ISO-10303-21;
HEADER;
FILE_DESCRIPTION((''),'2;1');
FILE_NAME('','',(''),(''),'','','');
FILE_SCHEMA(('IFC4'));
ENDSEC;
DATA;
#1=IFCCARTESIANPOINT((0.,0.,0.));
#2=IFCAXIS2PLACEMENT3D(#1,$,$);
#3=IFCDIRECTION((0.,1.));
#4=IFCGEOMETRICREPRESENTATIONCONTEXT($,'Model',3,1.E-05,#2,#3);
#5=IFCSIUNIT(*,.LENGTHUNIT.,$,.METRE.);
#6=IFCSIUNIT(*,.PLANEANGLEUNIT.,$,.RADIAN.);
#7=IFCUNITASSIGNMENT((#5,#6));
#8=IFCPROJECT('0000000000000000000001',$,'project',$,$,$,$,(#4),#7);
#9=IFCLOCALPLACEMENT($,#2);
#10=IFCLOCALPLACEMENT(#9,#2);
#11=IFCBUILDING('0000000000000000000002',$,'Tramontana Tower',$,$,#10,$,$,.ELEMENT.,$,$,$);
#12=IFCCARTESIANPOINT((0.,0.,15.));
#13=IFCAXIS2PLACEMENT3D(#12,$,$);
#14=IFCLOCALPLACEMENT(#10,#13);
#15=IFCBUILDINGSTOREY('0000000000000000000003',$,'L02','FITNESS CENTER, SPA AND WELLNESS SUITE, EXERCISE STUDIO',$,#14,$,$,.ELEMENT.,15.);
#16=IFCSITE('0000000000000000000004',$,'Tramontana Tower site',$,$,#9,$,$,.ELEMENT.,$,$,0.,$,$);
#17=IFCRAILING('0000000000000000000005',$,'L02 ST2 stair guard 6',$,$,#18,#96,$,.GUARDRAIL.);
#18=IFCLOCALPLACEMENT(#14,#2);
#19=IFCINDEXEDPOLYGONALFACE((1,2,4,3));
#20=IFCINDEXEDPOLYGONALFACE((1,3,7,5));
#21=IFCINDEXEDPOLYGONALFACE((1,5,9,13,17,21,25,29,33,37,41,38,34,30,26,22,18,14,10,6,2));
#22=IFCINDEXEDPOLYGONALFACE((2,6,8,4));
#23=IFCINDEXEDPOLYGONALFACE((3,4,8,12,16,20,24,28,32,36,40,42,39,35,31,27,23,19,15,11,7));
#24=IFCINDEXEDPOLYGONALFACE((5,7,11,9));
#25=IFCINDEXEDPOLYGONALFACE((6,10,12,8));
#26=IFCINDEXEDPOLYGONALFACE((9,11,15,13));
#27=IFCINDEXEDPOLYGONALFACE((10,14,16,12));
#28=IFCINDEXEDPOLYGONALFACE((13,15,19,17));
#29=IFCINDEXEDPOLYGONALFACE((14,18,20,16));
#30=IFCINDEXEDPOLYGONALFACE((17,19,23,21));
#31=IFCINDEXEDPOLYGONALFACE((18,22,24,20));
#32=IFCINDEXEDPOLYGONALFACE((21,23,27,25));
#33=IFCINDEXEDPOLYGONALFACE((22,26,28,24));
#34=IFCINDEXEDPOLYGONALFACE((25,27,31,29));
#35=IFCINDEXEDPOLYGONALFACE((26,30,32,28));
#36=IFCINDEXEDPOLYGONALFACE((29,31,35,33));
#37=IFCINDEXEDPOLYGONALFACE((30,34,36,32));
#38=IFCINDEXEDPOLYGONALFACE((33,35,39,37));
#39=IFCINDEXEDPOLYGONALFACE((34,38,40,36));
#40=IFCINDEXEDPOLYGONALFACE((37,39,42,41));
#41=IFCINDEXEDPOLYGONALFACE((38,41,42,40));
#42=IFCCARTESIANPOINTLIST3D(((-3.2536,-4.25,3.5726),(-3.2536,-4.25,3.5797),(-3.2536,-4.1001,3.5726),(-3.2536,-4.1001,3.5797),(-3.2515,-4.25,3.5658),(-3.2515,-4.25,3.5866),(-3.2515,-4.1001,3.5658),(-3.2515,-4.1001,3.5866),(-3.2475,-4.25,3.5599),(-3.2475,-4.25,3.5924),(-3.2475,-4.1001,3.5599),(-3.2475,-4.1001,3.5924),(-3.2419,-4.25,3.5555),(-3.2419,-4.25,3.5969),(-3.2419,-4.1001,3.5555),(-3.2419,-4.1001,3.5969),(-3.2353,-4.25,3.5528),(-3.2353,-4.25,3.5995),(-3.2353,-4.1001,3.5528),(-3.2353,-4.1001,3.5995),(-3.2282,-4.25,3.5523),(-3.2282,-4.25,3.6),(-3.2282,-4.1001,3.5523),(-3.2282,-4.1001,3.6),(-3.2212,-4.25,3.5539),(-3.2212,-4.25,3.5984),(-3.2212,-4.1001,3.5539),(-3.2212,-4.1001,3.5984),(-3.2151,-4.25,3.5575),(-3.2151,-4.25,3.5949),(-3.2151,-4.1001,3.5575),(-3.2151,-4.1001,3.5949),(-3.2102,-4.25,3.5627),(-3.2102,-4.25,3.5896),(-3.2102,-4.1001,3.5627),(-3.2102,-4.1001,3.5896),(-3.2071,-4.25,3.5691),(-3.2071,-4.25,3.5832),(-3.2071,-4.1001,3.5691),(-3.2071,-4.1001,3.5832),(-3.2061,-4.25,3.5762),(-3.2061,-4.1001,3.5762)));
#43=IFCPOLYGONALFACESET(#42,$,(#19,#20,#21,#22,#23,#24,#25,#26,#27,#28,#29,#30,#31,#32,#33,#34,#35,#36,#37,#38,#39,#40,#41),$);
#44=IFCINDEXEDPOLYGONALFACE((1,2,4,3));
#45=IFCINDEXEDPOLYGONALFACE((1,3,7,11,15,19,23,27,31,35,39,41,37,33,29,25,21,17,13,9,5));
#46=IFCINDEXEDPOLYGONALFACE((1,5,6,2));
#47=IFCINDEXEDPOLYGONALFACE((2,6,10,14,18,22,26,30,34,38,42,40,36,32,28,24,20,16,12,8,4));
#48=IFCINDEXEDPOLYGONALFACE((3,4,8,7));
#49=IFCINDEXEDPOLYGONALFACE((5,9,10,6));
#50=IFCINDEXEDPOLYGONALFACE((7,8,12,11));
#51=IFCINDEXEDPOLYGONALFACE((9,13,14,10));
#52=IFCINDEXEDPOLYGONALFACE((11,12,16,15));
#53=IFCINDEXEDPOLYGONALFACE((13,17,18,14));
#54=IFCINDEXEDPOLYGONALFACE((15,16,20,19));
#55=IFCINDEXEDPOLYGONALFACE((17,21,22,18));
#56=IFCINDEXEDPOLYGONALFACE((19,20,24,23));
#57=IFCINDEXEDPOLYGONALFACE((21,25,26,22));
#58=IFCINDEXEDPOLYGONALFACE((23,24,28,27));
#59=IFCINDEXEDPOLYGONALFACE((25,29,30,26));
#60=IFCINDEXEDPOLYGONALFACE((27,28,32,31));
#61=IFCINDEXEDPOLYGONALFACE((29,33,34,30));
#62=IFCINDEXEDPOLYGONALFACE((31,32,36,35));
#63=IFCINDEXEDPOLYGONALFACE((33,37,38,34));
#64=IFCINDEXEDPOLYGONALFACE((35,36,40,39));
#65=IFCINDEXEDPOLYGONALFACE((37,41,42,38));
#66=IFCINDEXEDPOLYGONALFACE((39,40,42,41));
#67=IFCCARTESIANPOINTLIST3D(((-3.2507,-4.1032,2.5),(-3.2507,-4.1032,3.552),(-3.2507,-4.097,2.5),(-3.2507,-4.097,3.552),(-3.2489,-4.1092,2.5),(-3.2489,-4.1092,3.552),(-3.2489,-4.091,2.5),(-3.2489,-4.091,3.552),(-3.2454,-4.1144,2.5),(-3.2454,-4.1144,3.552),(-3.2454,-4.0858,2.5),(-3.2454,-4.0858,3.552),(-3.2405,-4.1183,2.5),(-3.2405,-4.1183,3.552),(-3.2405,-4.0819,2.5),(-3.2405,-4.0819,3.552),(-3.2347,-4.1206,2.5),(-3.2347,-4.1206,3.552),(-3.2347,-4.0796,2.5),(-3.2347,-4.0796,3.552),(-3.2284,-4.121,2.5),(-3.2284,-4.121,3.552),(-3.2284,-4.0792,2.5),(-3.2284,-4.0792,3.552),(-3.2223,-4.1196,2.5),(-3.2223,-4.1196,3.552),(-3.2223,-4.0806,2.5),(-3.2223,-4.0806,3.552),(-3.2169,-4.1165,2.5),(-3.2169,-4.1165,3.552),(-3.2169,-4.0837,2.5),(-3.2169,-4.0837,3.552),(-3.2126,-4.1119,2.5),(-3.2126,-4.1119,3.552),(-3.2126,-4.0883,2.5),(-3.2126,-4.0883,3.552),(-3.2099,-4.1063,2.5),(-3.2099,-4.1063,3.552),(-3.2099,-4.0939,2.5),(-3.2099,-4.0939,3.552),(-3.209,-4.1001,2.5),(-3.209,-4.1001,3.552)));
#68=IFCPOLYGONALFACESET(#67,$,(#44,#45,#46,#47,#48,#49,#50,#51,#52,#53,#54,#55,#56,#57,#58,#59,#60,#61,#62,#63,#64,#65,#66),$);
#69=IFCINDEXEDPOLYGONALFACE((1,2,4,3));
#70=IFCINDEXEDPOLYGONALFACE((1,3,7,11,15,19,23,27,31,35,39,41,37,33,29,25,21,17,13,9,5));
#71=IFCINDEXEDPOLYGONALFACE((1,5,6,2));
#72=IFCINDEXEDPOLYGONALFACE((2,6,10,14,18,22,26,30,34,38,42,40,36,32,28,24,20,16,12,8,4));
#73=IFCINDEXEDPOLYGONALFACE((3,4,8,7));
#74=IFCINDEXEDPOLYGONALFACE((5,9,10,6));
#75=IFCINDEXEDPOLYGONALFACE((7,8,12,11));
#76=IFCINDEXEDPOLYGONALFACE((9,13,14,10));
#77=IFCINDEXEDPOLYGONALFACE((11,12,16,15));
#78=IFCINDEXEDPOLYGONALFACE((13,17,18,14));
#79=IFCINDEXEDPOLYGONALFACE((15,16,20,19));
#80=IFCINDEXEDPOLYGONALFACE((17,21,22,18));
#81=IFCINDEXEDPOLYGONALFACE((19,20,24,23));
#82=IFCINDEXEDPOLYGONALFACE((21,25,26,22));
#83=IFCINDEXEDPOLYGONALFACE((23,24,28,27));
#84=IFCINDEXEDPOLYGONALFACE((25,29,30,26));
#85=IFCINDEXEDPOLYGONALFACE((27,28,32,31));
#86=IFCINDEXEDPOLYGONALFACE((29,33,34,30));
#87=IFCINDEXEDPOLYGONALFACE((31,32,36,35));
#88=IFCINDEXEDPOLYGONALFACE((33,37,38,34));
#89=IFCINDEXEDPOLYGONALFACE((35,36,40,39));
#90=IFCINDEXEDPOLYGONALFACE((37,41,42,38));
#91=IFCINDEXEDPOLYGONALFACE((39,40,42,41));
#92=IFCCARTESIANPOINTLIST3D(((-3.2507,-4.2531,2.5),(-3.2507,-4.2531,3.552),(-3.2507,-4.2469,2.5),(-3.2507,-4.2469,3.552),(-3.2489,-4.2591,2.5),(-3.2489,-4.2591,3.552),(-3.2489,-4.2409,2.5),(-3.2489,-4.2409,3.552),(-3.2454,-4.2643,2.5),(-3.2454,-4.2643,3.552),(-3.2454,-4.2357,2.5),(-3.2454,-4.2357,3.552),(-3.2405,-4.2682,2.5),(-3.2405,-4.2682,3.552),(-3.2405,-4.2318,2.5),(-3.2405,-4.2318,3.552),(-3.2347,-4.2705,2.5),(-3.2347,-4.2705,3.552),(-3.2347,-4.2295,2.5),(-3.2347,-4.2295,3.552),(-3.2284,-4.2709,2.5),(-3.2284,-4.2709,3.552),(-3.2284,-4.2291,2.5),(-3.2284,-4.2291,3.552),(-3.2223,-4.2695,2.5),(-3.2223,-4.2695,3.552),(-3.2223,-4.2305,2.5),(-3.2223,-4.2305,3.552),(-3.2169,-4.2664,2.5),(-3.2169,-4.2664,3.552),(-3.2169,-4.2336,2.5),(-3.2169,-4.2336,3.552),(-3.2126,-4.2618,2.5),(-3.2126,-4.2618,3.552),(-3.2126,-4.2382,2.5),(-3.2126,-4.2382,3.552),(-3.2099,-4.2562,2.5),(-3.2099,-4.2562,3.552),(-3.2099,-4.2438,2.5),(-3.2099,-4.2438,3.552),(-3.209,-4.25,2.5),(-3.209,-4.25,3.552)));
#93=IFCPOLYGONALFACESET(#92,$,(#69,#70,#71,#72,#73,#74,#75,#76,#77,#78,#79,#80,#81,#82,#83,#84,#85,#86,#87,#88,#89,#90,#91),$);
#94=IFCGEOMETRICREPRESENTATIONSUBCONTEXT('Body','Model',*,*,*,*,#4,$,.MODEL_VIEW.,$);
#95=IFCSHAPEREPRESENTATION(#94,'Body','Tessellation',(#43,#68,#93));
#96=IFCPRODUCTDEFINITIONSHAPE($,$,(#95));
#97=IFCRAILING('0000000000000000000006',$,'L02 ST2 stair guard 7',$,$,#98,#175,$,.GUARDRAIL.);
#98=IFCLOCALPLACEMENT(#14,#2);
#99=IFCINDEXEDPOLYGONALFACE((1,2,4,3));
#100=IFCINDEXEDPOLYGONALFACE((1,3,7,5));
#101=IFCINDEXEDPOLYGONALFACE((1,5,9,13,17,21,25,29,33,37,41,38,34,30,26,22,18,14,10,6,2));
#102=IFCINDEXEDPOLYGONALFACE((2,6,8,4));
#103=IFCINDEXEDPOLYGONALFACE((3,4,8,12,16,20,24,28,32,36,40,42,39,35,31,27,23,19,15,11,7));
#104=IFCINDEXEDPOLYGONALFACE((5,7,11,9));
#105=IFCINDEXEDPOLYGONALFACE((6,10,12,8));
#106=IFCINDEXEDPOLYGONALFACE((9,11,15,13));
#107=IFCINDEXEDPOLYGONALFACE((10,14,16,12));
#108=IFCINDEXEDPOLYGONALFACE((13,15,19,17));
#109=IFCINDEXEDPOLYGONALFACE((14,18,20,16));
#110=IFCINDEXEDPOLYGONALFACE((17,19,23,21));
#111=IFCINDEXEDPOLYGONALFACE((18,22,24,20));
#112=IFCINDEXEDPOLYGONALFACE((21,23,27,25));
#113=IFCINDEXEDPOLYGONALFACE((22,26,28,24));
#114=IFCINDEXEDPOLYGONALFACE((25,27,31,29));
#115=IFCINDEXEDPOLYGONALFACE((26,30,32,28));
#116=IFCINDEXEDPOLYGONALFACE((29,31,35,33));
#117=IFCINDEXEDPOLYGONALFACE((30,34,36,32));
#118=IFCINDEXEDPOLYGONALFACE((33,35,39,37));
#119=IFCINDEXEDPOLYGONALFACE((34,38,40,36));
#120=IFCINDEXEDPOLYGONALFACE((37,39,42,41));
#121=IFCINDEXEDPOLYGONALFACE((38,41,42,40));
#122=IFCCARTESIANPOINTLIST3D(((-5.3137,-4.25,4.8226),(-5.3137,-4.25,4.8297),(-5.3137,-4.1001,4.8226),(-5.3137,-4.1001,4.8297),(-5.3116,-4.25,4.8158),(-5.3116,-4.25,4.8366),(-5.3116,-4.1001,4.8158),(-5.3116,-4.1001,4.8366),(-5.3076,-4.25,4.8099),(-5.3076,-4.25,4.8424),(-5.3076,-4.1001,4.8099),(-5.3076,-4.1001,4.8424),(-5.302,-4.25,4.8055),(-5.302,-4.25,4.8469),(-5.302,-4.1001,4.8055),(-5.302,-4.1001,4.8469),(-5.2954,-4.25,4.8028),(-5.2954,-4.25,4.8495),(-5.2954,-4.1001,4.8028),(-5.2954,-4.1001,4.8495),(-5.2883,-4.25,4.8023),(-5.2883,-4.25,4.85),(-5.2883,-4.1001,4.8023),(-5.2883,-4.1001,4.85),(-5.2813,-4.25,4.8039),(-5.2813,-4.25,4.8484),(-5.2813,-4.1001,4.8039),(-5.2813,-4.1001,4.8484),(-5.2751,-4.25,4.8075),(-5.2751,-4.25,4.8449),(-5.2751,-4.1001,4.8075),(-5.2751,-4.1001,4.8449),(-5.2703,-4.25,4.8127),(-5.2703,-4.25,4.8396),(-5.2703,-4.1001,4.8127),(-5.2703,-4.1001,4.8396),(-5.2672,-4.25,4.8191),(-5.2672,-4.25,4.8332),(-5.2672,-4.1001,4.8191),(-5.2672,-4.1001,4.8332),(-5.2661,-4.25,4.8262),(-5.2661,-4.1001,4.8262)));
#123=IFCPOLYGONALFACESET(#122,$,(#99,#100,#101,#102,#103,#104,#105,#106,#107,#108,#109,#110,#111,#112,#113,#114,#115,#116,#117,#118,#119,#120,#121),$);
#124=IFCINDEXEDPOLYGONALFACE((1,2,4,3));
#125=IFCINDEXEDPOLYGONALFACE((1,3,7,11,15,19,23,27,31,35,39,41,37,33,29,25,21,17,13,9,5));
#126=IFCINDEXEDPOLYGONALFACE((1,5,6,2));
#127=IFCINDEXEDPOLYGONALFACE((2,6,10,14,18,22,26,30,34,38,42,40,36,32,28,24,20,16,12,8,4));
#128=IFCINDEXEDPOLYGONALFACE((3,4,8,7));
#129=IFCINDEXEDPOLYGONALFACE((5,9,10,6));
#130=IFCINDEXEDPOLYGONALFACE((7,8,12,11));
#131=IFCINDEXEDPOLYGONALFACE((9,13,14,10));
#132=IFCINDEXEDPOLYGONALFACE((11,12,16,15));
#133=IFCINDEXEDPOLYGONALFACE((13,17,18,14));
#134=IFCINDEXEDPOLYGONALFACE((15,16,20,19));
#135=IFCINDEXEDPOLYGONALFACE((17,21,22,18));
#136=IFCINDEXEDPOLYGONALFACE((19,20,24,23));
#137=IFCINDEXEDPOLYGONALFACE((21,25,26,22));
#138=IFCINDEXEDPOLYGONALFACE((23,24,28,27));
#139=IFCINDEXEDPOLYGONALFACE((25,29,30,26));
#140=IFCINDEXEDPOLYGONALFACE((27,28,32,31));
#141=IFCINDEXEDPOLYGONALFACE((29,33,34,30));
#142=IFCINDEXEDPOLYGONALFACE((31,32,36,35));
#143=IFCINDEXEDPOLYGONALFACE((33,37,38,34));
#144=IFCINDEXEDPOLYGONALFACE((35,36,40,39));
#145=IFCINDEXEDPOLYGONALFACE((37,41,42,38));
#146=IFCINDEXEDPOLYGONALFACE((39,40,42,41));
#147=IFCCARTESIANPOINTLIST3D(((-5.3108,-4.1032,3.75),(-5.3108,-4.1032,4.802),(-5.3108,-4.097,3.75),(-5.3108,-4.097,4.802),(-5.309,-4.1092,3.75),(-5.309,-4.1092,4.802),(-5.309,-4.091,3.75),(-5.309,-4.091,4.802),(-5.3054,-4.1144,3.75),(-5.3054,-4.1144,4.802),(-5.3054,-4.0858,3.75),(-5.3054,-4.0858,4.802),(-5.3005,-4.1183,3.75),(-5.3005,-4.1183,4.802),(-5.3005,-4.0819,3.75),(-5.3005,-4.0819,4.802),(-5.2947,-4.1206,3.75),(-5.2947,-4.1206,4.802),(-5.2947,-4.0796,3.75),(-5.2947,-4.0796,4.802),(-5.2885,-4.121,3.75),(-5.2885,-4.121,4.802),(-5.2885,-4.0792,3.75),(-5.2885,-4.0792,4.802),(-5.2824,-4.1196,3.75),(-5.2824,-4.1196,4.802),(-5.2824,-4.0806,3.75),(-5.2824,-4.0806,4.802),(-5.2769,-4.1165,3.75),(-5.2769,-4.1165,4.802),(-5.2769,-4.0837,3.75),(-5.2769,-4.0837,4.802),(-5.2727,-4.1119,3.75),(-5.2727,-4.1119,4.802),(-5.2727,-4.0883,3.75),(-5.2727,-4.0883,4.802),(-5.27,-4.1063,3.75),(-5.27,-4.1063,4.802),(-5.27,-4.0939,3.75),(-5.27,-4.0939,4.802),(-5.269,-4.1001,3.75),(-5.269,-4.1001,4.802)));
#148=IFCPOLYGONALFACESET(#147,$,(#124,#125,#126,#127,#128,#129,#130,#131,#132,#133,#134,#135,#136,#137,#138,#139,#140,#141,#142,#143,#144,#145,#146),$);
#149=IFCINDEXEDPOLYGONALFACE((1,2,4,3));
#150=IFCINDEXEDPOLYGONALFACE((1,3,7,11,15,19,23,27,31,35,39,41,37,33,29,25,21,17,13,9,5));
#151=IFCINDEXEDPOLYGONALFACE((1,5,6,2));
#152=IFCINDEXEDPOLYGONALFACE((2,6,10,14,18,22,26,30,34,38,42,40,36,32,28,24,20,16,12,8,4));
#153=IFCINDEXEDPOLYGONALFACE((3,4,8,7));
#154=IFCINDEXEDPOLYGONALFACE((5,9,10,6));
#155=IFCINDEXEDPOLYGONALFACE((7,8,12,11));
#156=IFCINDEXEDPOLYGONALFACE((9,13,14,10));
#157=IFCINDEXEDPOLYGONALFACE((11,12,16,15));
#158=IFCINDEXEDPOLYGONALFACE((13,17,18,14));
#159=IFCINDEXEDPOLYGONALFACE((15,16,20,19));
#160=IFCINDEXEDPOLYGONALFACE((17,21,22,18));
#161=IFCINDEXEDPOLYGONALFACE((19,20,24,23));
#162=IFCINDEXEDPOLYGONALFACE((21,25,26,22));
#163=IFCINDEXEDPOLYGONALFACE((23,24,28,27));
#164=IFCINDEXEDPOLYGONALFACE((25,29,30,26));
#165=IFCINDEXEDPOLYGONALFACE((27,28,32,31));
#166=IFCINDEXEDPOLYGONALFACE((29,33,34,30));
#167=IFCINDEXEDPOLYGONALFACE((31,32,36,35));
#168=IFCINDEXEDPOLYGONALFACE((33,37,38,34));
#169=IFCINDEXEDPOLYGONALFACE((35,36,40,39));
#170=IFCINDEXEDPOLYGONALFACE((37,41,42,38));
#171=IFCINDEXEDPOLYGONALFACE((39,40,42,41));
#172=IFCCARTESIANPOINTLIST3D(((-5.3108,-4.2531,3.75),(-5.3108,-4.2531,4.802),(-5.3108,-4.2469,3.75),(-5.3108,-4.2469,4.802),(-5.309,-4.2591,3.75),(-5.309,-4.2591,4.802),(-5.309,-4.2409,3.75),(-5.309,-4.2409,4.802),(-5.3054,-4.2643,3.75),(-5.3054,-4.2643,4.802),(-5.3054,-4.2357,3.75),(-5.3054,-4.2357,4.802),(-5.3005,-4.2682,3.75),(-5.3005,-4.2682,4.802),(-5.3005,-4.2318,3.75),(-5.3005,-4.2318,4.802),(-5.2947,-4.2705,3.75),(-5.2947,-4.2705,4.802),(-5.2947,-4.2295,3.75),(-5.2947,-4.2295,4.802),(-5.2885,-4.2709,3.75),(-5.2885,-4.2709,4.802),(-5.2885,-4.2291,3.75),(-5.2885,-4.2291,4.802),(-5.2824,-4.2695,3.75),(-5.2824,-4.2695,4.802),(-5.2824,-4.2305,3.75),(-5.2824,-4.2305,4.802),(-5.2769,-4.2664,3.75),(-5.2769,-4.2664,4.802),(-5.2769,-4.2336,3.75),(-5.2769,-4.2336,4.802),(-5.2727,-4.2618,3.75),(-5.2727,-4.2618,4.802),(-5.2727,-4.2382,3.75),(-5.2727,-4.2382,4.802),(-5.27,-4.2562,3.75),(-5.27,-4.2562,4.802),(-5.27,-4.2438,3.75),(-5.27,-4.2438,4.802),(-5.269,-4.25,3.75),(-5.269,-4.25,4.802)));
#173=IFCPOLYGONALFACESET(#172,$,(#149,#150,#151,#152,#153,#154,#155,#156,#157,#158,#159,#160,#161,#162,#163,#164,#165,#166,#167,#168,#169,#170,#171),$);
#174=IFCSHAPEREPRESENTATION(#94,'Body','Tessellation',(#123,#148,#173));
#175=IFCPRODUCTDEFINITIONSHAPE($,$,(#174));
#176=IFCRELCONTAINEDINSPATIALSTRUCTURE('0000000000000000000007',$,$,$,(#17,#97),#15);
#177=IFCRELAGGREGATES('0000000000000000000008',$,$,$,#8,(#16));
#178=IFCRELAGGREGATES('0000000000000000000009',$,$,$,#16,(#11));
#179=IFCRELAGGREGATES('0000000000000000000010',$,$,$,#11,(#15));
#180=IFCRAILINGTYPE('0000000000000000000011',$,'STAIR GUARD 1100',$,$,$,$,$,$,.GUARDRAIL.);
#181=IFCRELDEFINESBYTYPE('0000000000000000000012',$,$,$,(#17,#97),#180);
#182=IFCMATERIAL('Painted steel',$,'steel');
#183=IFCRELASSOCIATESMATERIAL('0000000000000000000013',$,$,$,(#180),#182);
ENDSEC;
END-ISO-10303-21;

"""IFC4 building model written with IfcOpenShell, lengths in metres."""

from ifc_helpers import new_model, si_unit, direction, frame, origin, origin_2d, place, context, subcontext, project, spatial, circle, extrude, material, type_object, element, save


model = new_model("IFC4")

# Units and contexts
model_context = context("Model", 3, precision=1e-05, world=origin(), true_north=direction((0.0, 1.0)))
body_context = subcontext(model_context, "Body", "Model", "MODEL_VIEW")
ifc_project = project(units=[si_unit("LENGTHUNIT", "METRE"), si_unit("PLANEANGLEUNIT", "RADIAN")], contexts=[model_context])

# Site, building, storey
site_placement = place(None, origin())
site = spatial("IfcSite", under=ifc_project, at=site_placement, Name="Tramontana Tower site", CompositionType="ELEMENT", RefElevation=0.0)
building_placement = place(site_placement, origin())
building = spatial("IfcBuilding", under=site, at=building_placement, Name="Tramontana Tower", CompositionType="ELEMENT")
storey_placement = place(building_placement, frame((0.0, 0.0, 15.0)))
storey = spatial("IfcBuildingStorey", under=building, at=storey_placement, Name="L02", Description="FITNESS CENTER, SPA AND WELLNESS SUITE, EXERCISE STUDIO", CompositionType="ELEMENT", Elevation=15.0)

# Railings
ifc_material_1 = material(Name="Painted steel", Category="steel")
railing_type_1 = type_object("IfcRailingType", Name="STAIR GUARD 1100", PredefinedType="GUARDRAIL", material=ifc_material_1)
for number, where, name in (
    (1, (-3.23, -4.1001, 2.5), "L02 ST2 stair guard 6"),
    (2, (-5.29, -4.1001, 3.75), "L02 ST2 stair guard 7"),
):
    element("IfcRailing", number, at=place(storey_placement, frame(where)), inside=storey, type_object=railing_type_1, Name=name, PredefinedType="GUARDRAIL", context=body_context, shape_type="SweptSolid", body=[
        extrude(circle(Radius=0.0239, at=origin_2d()), frame((0.0, 0.0, 1.0762), z_axis=(0.0, -1.0, 0.0), x_axis=(1.0, 0.0, 0.0)), (0.0, 0.0, 1.0), 0.1499),
        extrude(circle(Radius=0.021, at=origin_2d()), origin(), (0.0, 0.0, 1.0), 1.052),
        extrude(circle(Radius=0.021, at=origin_2d()), frame((0.0, -0.1499, 0.0)), (0.0, 0.0, 1.0), 1.052),
    ])

save(model, "model.ifc")
